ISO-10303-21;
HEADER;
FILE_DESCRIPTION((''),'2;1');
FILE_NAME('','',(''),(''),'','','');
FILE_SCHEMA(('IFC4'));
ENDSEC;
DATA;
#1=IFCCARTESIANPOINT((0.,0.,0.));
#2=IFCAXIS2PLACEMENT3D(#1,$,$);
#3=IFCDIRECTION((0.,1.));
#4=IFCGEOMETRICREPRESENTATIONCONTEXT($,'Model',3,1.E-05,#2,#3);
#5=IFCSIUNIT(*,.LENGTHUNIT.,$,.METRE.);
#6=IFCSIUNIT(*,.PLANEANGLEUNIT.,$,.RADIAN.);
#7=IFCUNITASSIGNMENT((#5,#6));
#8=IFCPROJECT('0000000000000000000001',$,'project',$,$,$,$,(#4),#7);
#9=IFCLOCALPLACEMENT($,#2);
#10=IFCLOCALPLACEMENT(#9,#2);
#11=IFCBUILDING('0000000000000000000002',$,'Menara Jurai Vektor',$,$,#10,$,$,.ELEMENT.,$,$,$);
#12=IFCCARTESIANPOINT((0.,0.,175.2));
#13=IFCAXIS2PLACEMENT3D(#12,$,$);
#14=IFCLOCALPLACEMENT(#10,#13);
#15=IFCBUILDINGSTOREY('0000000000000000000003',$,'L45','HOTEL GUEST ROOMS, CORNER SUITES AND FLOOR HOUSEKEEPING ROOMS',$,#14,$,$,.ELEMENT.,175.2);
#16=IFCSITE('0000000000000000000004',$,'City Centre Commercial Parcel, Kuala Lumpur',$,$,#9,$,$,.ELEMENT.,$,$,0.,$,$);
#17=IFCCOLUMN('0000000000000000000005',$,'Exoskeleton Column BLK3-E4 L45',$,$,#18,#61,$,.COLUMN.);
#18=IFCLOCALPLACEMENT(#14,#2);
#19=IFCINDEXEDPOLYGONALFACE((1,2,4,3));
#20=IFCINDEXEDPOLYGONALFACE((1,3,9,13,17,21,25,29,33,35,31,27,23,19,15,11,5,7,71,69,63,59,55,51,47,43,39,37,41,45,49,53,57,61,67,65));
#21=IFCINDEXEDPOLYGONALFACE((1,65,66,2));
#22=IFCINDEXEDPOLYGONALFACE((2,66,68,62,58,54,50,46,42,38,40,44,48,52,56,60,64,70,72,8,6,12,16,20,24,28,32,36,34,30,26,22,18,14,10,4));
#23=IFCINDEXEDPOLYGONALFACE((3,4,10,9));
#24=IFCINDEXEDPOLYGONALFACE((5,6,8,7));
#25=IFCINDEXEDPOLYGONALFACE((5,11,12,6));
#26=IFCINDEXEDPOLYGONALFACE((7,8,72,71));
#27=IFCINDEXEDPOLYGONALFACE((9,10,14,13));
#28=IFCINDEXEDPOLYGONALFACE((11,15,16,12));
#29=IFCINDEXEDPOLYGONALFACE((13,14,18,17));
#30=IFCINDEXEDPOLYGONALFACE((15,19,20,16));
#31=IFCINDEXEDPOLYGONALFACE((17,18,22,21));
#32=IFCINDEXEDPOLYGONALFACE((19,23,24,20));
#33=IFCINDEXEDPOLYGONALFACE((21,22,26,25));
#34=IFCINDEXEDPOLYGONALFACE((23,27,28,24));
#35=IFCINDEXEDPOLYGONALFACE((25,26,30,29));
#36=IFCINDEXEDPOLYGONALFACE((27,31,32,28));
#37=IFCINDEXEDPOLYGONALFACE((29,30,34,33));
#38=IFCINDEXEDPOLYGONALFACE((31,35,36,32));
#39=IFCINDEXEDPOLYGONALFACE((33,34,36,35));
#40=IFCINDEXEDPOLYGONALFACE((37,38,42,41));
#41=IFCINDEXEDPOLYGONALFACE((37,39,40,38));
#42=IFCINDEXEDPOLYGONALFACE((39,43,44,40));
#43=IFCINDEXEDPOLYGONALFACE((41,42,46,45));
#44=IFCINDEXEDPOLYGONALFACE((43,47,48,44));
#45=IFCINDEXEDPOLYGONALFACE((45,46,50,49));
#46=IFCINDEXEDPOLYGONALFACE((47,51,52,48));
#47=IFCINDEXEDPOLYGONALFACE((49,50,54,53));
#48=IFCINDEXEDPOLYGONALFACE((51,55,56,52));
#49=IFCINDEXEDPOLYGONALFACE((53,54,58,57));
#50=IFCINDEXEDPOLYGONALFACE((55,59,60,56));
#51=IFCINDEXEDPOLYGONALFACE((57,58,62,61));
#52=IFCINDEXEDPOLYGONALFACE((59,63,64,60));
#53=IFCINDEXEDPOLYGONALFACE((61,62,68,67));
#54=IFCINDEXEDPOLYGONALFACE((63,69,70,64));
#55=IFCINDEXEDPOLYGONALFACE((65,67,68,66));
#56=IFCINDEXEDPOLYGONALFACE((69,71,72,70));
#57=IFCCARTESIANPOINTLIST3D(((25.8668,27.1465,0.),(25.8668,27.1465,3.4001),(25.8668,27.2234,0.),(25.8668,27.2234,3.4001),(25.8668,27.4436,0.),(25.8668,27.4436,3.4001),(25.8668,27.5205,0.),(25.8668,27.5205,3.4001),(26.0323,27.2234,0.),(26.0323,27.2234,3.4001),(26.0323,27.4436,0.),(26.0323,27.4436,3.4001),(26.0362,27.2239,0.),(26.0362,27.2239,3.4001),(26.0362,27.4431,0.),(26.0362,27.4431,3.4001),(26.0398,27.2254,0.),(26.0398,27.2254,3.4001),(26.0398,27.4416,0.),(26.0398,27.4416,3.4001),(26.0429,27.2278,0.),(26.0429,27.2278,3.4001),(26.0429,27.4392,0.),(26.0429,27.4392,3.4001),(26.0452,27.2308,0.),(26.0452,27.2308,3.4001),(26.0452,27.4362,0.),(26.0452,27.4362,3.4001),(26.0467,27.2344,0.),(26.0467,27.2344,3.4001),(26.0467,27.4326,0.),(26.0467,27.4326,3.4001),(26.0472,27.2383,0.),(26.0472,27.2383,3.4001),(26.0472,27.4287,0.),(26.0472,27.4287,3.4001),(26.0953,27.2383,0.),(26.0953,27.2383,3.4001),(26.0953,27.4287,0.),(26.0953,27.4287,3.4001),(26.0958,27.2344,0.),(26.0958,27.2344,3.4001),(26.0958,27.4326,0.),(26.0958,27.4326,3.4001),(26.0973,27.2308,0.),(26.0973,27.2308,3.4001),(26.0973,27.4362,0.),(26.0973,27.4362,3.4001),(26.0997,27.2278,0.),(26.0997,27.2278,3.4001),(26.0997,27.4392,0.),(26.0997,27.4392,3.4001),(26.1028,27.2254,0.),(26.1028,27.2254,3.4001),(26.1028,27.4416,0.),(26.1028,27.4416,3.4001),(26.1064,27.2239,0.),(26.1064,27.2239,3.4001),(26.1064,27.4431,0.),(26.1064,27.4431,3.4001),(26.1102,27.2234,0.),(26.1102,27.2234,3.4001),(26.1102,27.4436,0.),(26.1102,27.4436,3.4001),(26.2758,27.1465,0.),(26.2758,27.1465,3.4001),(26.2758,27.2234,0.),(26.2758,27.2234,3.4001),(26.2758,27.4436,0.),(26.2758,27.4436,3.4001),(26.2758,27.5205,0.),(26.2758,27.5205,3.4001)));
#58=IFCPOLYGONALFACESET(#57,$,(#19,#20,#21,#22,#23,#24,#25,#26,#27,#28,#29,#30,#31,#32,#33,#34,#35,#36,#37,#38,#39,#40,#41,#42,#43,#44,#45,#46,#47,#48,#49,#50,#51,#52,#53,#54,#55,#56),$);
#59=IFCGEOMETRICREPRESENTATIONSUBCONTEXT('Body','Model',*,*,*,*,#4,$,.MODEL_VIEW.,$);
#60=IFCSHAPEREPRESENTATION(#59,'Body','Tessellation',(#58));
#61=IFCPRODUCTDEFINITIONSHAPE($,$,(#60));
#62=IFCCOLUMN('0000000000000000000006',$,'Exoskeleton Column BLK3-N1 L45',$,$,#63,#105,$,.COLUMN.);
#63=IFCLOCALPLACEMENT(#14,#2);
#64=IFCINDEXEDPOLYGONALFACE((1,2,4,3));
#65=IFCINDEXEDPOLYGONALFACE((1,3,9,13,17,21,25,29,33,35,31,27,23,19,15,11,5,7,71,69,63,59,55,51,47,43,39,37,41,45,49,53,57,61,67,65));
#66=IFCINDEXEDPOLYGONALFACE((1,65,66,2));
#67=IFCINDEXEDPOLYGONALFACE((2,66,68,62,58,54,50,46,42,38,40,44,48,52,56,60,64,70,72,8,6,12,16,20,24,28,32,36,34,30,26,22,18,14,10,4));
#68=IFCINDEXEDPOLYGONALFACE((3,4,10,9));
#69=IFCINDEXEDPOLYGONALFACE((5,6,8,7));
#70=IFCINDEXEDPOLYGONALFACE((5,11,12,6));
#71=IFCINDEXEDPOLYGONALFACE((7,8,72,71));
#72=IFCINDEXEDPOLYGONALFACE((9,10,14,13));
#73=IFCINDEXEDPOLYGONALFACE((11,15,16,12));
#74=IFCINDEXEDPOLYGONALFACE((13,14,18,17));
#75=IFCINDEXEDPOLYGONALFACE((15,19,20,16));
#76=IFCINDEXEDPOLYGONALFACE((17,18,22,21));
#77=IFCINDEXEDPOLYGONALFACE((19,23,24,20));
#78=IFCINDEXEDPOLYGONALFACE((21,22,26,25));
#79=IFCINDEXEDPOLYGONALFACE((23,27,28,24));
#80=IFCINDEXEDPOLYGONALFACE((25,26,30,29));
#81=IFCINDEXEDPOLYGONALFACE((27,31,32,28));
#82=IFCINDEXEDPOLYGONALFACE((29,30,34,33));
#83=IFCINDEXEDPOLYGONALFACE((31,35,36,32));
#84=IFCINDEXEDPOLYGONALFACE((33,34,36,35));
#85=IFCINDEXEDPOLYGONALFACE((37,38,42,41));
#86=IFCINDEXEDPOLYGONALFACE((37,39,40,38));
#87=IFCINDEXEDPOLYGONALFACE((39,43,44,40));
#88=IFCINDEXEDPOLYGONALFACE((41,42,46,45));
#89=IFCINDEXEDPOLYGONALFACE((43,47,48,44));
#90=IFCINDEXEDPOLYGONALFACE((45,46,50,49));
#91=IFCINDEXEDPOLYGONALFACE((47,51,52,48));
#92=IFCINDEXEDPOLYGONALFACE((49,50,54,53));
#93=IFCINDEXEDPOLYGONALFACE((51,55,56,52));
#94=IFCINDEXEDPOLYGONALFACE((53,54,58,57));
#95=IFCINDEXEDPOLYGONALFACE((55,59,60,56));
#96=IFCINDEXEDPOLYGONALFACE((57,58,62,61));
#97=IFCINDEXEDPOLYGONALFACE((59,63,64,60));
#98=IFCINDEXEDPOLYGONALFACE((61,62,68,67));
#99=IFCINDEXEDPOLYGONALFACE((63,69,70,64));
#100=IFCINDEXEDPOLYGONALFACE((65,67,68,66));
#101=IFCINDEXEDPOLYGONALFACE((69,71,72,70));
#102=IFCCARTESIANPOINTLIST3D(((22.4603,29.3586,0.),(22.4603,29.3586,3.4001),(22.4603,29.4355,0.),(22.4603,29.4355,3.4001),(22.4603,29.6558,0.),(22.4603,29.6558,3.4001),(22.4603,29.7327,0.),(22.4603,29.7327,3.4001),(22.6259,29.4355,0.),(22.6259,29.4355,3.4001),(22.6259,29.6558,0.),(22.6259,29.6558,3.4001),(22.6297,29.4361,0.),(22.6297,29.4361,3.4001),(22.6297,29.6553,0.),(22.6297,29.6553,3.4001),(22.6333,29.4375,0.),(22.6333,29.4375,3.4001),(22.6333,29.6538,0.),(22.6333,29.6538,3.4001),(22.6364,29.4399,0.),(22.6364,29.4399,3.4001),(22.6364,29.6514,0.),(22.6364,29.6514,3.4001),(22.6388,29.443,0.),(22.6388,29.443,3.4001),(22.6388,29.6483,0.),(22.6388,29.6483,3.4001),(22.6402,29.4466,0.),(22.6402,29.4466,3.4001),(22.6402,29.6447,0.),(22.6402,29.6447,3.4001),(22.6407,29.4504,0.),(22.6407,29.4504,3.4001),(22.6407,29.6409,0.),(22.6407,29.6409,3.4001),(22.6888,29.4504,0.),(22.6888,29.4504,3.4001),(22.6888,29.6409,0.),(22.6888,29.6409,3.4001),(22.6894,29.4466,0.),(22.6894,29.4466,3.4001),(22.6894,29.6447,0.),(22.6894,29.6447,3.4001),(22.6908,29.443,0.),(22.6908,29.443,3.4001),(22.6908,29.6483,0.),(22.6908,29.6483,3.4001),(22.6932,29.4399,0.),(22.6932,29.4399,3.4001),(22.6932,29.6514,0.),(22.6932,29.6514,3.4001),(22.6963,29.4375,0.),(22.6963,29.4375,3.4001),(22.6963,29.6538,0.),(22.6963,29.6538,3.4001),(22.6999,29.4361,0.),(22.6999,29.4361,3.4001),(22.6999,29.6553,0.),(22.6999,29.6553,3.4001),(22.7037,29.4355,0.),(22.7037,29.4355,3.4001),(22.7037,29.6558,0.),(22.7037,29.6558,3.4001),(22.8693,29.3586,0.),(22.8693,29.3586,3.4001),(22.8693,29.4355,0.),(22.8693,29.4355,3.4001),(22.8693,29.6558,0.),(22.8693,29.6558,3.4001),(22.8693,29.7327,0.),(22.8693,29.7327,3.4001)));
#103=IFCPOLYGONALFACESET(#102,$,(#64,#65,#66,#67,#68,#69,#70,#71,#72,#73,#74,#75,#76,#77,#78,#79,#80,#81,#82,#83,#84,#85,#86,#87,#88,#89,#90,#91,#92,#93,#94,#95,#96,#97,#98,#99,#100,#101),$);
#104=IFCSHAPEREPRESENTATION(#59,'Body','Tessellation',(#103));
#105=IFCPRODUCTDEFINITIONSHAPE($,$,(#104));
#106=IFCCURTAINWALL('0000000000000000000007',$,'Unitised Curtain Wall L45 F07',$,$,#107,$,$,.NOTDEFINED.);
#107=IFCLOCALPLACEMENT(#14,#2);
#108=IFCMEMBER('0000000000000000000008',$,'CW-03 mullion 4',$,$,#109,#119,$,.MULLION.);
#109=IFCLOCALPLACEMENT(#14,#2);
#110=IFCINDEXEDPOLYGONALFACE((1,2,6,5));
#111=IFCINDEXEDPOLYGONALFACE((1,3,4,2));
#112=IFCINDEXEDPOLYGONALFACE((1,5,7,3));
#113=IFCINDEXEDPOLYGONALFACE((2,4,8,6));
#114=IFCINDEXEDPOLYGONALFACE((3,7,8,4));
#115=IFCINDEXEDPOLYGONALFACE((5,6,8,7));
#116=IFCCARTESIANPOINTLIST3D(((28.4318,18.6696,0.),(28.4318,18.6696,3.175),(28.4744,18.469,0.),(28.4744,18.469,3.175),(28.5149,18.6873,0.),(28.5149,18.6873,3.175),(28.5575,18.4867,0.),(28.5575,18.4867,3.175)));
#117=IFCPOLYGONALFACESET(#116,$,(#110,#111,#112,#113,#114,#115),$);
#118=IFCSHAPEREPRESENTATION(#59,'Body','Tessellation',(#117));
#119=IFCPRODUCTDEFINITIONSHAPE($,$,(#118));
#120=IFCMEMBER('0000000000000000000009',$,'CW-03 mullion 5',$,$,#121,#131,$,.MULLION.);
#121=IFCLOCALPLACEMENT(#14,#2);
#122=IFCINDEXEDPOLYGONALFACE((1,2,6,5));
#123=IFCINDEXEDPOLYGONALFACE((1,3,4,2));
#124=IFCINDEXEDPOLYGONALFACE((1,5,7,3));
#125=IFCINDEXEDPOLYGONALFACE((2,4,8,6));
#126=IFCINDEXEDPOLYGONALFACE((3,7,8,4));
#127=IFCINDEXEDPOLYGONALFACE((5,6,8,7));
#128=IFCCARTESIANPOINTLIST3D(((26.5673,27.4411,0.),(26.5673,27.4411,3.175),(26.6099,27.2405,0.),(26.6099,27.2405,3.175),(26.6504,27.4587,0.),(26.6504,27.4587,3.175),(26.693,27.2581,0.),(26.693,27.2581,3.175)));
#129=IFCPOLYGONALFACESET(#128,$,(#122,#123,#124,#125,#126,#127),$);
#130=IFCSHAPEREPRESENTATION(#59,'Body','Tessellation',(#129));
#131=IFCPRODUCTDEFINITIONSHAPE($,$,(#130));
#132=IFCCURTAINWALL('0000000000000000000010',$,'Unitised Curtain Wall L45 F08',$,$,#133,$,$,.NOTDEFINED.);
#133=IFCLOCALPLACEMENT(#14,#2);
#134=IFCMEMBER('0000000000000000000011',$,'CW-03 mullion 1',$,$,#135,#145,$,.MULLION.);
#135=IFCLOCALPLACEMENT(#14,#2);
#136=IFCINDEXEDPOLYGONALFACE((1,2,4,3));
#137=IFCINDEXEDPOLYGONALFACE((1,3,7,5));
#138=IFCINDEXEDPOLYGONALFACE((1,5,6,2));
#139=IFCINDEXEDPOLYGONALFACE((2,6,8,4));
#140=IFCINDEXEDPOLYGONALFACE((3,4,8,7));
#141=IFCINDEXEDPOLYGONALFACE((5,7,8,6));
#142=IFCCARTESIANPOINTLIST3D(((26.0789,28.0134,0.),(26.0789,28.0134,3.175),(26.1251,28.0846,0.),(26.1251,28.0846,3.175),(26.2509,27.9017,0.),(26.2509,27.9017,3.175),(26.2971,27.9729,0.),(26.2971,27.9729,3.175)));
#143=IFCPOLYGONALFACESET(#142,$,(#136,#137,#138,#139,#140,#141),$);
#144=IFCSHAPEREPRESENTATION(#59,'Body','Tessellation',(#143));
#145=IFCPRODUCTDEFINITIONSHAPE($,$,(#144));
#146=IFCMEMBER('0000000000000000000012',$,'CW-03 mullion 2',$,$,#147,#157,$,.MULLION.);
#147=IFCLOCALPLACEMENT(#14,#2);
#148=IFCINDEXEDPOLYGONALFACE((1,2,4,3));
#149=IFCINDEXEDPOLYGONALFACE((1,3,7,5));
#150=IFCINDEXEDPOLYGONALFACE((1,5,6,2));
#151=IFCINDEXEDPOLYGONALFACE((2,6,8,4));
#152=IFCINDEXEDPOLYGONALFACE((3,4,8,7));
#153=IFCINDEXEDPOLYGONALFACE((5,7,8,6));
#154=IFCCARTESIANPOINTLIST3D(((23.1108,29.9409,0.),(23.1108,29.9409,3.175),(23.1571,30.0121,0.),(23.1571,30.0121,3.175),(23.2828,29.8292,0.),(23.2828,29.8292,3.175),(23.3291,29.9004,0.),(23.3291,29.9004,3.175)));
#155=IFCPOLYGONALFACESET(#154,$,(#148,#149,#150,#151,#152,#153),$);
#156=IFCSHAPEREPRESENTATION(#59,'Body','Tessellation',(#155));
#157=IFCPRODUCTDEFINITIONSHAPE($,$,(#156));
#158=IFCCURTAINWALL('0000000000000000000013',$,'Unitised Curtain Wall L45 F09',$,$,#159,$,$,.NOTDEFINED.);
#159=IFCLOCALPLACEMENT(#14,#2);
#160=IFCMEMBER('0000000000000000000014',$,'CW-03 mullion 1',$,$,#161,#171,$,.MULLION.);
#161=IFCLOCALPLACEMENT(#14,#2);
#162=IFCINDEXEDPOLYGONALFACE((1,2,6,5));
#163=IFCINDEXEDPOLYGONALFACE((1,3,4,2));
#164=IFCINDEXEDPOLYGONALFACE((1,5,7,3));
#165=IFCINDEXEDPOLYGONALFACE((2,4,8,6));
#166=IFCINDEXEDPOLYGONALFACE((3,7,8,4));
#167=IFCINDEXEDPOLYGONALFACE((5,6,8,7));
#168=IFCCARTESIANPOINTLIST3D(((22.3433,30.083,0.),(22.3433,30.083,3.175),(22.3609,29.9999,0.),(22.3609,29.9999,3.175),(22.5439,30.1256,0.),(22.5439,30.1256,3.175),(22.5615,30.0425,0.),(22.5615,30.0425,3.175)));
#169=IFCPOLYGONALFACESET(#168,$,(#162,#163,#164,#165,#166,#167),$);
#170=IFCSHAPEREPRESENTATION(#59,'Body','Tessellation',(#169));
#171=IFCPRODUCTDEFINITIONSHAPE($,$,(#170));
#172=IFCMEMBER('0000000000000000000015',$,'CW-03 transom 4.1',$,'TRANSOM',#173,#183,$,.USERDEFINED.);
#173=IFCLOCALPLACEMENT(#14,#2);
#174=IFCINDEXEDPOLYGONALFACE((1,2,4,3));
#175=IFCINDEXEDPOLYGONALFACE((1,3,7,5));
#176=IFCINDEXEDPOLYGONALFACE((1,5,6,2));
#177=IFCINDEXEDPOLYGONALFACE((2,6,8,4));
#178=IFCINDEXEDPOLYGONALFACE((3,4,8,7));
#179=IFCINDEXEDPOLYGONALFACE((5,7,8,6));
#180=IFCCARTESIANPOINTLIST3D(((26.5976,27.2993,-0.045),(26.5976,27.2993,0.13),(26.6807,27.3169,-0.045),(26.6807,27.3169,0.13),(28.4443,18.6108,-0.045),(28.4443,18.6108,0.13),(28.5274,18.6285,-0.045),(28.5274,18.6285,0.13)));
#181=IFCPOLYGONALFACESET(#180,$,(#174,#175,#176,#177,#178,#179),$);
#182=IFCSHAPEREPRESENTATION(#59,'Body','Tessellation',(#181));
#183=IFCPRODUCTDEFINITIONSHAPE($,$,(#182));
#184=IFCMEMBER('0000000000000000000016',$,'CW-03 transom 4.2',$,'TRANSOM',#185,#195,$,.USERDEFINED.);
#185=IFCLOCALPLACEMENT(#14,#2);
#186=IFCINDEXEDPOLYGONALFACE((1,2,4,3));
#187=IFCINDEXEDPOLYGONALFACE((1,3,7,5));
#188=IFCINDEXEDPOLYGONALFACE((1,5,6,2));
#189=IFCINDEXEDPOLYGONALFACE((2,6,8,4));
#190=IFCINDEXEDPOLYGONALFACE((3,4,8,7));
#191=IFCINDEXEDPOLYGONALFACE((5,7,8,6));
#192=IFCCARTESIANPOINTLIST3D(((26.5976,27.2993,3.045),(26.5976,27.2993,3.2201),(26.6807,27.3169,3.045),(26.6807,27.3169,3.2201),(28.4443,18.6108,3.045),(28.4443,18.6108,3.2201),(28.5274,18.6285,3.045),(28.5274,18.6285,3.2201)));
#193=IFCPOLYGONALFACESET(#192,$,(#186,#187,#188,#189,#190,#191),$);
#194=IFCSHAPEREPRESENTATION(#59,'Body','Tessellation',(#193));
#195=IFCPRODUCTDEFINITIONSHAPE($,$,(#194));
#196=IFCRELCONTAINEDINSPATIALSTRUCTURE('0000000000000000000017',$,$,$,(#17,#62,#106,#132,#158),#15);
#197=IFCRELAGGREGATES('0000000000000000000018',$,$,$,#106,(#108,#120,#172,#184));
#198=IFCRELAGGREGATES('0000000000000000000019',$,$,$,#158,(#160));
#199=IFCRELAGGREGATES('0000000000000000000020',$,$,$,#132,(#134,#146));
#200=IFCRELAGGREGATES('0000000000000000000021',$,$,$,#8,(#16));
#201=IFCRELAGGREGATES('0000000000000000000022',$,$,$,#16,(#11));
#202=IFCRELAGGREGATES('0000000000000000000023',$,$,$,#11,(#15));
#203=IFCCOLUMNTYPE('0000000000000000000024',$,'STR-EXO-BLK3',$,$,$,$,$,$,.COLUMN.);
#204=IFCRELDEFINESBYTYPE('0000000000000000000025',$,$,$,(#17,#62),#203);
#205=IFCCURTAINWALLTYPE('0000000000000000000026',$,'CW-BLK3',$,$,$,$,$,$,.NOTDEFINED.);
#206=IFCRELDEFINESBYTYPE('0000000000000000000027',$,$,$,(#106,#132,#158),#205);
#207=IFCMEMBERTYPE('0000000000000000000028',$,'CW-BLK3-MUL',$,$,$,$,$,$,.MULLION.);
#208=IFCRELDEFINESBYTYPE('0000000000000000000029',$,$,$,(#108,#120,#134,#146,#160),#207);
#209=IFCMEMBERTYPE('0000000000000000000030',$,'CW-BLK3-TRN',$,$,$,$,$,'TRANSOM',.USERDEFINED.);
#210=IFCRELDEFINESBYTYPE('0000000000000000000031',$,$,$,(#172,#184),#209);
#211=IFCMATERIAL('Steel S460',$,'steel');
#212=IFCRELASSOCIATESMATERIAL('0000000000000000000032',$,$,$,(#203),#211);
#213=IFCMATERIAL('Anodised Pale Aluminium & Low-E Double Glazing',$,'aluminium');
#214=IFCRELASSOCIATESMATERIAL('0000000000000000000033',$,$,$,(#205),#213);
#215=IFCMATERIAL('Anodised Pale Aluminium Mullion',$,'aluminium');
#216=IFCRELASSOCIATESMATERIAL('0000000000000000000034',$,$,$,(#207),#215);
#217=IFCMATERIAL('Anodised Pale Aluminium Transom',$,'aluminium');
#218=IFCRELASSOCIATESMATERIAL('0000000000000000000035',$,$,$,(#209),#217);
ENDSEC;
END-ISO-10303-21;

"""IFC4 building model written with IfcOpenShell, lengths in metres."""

from ifc_helpers import new_model, si_unit, direction, frame, origin, origin_2d, place, context, subcontext, project, spatial, rectangle, i_section, extrude, material, material_profile, profile_set, type_object, element, aggregate, save


model = new_model("IFC4")

# Units and contexts
model_context = context("Model", 3, precision=1e-05, world=origin(), true_north=direction((0.0, 1.0)))
body_context = subcontext(model_context, "Body", "Model", "MODEL_VIEW")
ifc_project = project(units=[si_unit("LENGTHUNIT", "METRE"), si_unit("PLANEANGLEUNIT", "RADIAN")], contexts=[model_context])

# Site, building, storey
site_placement = place(None, origin())
site = spatial("IfcSite", under=ifc_project, at=site_placement, Name="City Centre Commercial Parcel, Kuala Lumpur", CompositionType="ELEMENT", RefElevation=0.0)
building_placement = place(site_placement, origin())
building = spatial("IfcBuilding", under=site, at=building_placement, Name="Menara Jurai Vektor", CompositionType="ELEMENT")
storey_placement = place(building_placement, frame((0.0, 0.0, 175.2)))
storey = spatial("IfcBuildingStorey", under=building, at=storey_placement, Name="L45", Description="HOTEL GUEST ROOMS, CORNER SUITES AND FLOOR HOUSEKEEPING ROOMS", CompositionType="ELEMENT", Elevation=175.2)

# Columns
ifc_material_1 = material(Name="Steel S460", Category="steel")
ifc_material_profile_1 = material_profile(ifc_material_1, i_section(OverallWidth=0.4089, OverallDepth=0.374, WebThickness=0.0481, FlangeThickness=0.0769, FilletRadius=0.0149, at=origin_2d()), Name="HD 400x634")
ifc_profile_set_1 = profile_set([ifc_material_profile_1], Name="Steel S460")
column_type = type_object("IfcColumnType", Name="STR-EXO-BLK3", PredefinedType="COLUMN", material=ifc_profile_set_1)
for number, where, z_axis, x_axis, name in (
    (1, (26.0713, 27.3335, 0.0), (0.0, 0.0, 1.0), (1.0, 0.0, 0.0), "Exoskeleton Column BLK3-E4 L45"),
    (2, (22.6648, 29.5457, 0.0), (0.0, 0.0, 1.0), (1.0, 0.0, 0.0), "Exoskeleton Column BLK3-N1 L45"),
):
    element("IfcColumn", number, at=place(storey_placement, frame(where, z_axis=z_axis, x_axis=x_axis)), inside=storey, type_object=column_type, Name=name, PredefinedType="COLUMN", context=body_context, shape_type="SweptSolid", body=[
        extrude(i_section(OverallWidth=0.4089, OverallDepth=0.374, WebThickness=0.0481, FlangeThickness=0.0769, FilletRadius=0.0149, at=origin_2d()), origin(), (0.0, 0.0, 1.0), 3.4001),
    ])

# Curtain walls, members
ifc_material_2 = material(Name="Anodised Pale Aluminium & Low-E Double Glazing", Category="aluminium")
curtain_wall_type = type_object("IfcCurtainWallType", Name="CW-BLK3", PredefinedType="NOTDEFINED", material=ifc_material_2)
curtain_wall_1_placement = place(storey_placement, origin())
curtain_wall_1 = element("IfcCurtainWall", 3, at=curtain_wall_1_placement, inside=storey, type_object=curtain_wall_type, Name="Unitised Curtain Wall L45 F07", PredefinedType="NOTDEFINED")
ifc_material_3 = material(Name="Anodised Pale Aluminium Mullion", Category="aluminium")
ifc_material_profile_2 = material_profile(ifc_material_3, rectangle(XDim=0.085, YDim=0.2051, at=origin_2d()), Name="ALU MUL 85x205")
ifc_profile_set_2 = profile_set([ifc_material_profile_2], Name="Anodised Pale Aluminium Mullion")
member_type_1 = type_object("IfcMemberType", Name="CW-BLK3-MUL", PredefinedType="MULLION", material=ifc_profile_set_2)
member_1_placement = place(storey_placement, frame((28.4946, 18.5781, 0.0), z_axis=(0.0, 0.0, 1.0), x_axis=(-0.978148, -0.20791, 0.0)))
member_1 = element("IfcMember", 4, at=member_1_placement, type_object=member_type_1, Name="CW-03 mullion 4", PredefinedType="MULLION", context=body_context, shape_type="SweptSolid", body=[
    extrude(rectangle(XDim=0.085, YDim=0.2051, at=origin_2d()), origin(), (0.0, 0.0, 1.0), 3.175),
])
member_2_placement = place(storey_placement, frame((26.6301, 27.3496, 0.0), z_axis=(0.0, 0.0, 1.0), x_axis=(-0.978148, -0.20791, 0.0)))
member_2 = element("IfcMember", 5, at=member_2_placement, type_object=member_type_1, Name="CW-03 mullion 5", PredefinedType="MULLION", context=body_context, shape_type="SweptSolid", body=[
    extrude(rectangle(XDim=0.085, YDim=0.2051, at=origin_2d()), origin(), (0.0, 0.0, 1.0), 3.175),
])
curtain_wall_2_placement = place(storey_placement, origin())
curtain_wall_2 = element("IfcCurtainWall", 6, at=curtain_wall_2_placement, inside=storey, type_object=curtain_wall_type, Name="Unitised Curtain Wall L45 F08", PredefinedType="NOTDEFINED")
member_3_placement = place(storey_placement, frame((26.188, 27.9932, 0.0), z_axis=(0.0, 0.0, 1.0), x_axis=(-0.544618, -0.838684, 0.0)))
member_3 = element("IfcMember", 7, at=member_3_placement, type_object=member_type_1, Name="CW-03 mullion 1", PredefinedType="MULLION", context=body_context, shape_type="SweptSolid", body=[
    extrude(rectangle(XDim=0.085, YDim=0.2051, at=origin_2d()), origin(), (0.0, 0.0, 1.0), 3.175),
])
member_4_placement = place(storey_placement, frame((23.22, 29.9207, 0.0), z_axis=(0.0, 0.0, 1.0), x_axis=(-0.544618, -0.838684, 0.0)))
member_4 = element("IfcMember", 8, at=member_4_placement, type_object=member_type_1, Name="CW-03 mullion 2", PredefinedType="MULLION", context=body_context, shape_type="SweptSolid", body=[
    extrude(rectangle(XDim=0.085, YDim=0.2051, at=origin_2d()), origin(), (0.0, 0.0, 1.0), 3.175),
])

# Curtain wall, member
curtain_wall_3_placement = place(storey_placement, origin())
curtain_wall_3 = element("IfcCurtainWall", 9, at=curtain_wall_3_placement, inside=storey, type_object=curtain_wall_type, Name="Unitised Curtain Wall L45 F09", PredefinedType="NOTDEFINED")
member_5_placement = place(storey_placement, frame((22.4524, 30.0627, 0.0), z_axis=(0.0, 0.0, 1.0), x_axis=(0.207911, -0.978148, 0.0)))
member_5 = element("IfcMember", 10, at=member_5_placement, type_object=member_type_1, Name="CW-03 mullion 1", PredefinedType="MULLION", context=body_context, shape_type="SweptSolid", body=[
    extrude(rectangle(XDim=0.085, YDim=0.2051, at=origin_2d()), origin(), (0.0, 0.0, 1.0), 3.175),
])

# Members
ifc_material_4 = material(Name="Anodised Pale Aluminium Transom", Category="aluminium")
ifc_material_profile_3 = material_profile(ifc_material_4, rectangle(XDim=0.085, YDim=0.175, at=origin_2d()), Name="ALU TRN 85x175")
ifc_profile_set_3 = profile_set([ifc_material_profile_3], Name="Anodised Pale Aluminium Transom")
member_type_2 = type_object("IfcMemberType", Name="CW-BLK3-TRN", ElementType="TRANSOM", PredefinedType="USERDEFINED", material=ifc_profile_set_3)
member_6_placement = place(storey_placement, frame((28.4858, 18.6196, 0.0425), z_axis=(-0.2079, 0.97815, 0.0), x_axis=(-0.97815, -0.2079, 0.0)))
member_6 = element("IfcMember", 11, at=member_6_placement, type_object=member_type_2, Name="CW-03 transom 4.1", ObjectType="TRANSOM", PredefinedType="USERDEFINED", context=body_context, shape_type="SweptSolid", body=[
    extrude(rectangle(XDim=0.085, YDim=0.175, at=origin_2d()), origin(), (0.0, 0.0, 1.0), 8.8826),
])
member_7_placement = place(storey_placement, frame((28.4858, 18.6196, 3.1326), z_axis=(-0.2079, 0.97815, 0.0), x_axis=(-0.97815, -0.2079, 0.0)))
member_7 = element("IfcMember", 12, at=member_7_placement, type_object=member_type_2, Name="CW-03 transom 4.2", ObjectType="TRANSOM", PredefinedType="USERDEFINED", context=body_context, shape_type="SweptSolid", body=[
    extrude(rectangle(XDim=0.085, YDim=0.175, at=origin_2d()), origin(), (0.0, 0.0, 1.0), 8.8826),
])

aggregate(curtain_wall_1, [member_1, member_2, member_6, member_7])
aggregate(curtain_wall_3, [member_5])
aggregate(curtain_wall_2, [member_3, member_4])

save(model, "model.ifc")
